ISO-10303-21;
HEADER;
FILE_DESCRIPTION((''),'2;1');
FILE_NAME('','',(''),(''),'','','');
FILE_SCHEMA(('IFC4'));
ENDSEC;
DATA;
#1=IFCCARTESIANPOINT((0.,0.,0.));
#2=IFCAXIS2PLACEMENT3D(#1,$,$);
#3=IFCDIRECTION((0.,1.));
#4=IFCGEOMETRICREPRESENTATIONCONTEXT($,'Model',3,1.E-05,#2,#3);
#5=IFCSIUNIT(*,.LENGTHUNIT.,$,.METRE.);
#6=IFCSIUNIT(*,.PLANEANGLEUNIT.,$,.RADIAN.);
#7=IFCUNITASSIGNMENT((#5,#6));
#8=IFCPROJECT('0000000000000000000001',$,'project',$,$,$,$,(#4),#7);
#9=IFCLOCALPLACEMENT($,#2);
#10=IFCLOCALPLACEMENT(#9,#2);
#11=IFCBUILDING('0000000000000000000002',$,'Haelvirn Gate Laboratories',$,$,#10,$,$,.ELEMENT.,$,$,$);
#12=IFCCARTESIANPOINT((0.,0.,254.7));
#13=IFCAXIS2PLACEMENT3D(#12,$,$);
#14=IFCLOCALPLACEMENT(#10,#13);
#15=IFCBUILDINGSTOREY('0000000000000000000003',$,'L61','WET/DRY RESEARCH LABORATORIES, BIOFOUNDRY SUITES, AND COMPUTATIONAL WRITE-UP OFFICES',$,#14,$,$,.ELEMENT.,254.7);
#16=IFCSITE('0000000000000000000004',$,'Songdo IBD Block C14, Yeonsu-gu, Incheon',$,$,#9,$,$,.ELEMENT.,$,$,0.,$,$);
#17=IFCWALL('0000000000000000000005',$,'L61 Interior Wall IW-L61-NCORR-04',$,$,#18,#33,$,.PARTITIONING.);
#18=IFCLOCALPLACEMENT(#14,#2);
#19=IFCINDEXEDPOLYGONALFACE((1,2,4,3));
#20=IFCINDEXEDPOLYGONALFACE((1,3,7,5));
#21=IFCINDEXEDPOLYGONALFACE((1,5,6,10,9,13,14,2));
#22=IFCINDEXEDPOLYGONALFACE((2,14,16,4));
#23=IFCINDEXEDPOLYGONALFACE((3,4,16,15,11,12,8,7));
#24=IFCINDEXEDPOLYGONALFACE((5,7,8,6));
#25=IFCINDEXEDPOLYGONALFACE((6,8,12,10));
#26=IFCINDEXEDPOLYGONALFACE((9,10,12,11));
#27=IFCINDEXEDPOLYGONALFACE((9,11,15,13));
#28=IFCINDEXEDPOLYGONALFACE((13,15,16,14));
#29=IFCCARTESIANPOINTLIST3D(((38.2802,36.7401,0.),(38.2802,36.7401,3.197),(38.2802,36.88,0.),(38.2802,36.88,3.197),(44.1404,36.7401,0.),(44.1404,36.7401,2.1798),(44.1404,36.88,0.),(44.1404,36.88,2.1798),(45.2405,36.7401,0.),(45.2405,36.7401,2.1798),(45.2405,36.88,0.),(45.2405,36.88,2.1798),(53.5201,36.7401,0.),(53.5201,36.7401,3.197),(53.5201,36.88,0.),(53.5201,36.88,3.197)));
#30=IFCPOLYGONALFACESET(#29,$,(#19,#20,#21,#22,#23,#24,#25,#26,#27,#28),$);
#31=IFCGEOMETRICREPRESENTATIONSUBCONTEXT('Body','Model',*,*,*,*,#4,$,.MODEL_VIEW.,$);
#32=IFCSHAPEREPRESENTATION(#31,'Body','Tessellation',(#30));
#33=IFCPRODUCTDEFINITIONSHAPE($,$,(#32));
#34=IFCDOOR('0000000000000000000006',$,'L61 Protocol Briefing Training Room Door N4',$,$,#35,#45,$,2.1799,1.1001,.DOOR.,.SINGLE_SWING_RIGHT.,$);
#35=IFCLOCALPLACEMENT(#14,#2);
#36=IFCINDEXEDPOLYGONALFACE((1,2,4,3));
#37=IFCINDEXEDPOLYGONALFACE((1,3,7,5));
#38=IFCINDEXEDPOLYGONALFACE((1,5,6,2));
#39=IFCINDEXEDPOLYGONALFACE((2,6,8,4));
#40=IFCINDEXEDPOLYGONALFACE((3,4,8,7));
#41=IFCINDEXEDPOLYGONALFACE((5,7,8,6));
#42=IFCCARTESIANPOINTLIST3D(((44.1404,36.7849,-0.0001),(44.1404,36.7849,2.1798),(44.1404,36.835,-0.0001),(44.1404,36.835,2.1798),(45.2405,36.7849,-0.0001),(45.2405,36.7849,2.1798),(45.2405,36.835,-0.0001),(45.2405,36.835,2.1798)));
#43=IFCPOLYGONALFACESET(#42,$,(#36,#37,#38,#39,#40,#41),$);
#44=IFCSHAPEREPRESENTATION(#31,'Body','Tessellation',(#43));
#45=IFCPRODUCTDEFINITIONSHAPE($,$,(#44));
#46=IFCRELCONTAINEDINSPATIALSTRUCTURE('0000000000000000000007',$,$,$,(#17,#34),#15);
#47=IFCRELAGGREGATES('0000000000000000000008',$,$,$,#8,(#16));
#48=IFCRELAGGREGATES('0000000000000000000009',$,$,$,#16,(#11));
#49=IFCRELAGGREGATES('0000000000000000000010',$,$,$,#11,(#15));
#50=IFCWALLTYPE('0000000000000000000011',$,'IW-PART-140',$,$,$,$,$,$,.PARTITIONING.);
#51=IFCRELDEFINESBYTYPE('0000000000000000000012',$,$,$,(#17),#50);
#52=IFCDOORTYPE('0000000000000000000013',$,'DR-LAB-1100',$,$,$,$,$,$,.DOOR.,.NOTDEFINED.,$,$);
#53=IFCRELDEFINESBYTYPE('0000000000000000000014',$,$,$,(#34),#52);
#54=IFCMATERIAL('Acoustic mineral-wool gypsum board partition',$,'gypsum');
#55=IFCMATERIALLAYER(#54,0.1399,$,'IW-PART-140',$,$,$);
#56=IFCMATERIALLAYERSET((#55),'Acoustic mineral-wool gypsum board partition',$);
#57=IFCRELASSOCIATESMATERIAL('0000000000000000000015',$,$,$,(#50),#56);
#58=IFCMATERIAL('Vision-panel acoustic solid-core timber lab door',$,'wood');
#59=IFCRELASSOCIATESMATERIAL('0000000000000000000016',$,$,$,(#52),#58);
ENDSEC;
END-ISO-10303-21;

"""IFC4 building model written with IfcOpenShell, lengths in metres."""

from ifc_helpers import new_model, si_unit, direction, frame, frame_2d, origin, place, context, subcontext, project, spatial, rectangle, extrude, source, transform, mapped, material, layer, layer_set, type_object, type_shapes, element, fill, save


model = new_model("IFC4")

# Units and contexts
model_context = context("Model", 3, precision=1e-05, world=origin(), true_north=direction((0.0, 1.0)))
body_context = subcontext(model_context, "Body", "Model", "MODEL_VIEW")
ifc_project = project(units=[si_unit("LENGTHUNIT", "METRE"), si_unit("PLANEANGLEUNIT", "RADIAN")], contexts=[model_context])

# Site, building, storey
site_placement = place(None, origin())
site = spatial("IfcSite", under=ifc_project, at=site_placement, Name="Songdo IBD Block C14, Yeonsu-gu, Incheon", CompositionType="ELEMENT", RefElevation=0.0)
building_placement = place(site_placement, origin())
building = spatial("IfcBuilding", under=site, at=building_placement, Name="Haelvirn Gate Laboratories", CompositionType="ELEMENT")
storey_placement = place(building_placement, frame((0.0, 0.0, 254.7)))
storey = spatial("IfcBuildingStorey", under=building, at=storey_placement, Name="L61", Description="WET/DRY RESEARCH LABORATORIES, BIOFOUNDRY SUITES, AND COMPUTATIONAL WRITE-UP OFFICES", CompositionType="ELEMENT", Elevation=254.7)

# Wall, opening, door
ifc_material_1 = material(Name="Acoustic mineral-wool gypsum board partition", Category="gypsum")
ifc_layer_1 = layer(ifc_material_1, 0.1399, Name="IW-PART-140")
ifc_layer_set_1 = layer_set([ifc_layer_1], Name="Acoustic mineral-wool gypsum board partition")
wall_type_1 = type_object("IfcWallType", Name="IW-PART-140", PredefinedType="PARTITIONING", material=ifc_layer_set_1)
wall_1_placement = place(storey_placement, frame((38.28, 36.8101, 0.0), z_axis=(0.0, 0.0, 1.0), x_axis=(1.0, 0.0, 0.0)))
wall_1 = element("IfcWall", 1, at=wall_1_placement, inside=storey, type_object=wall_type_1, Name="L61 Interior Wall IW-L61-NCORR-04", PredefinedType="PARTITIONING", context=body_context, shape_type="SweptSolid", body=[
    extrude(rectangle(XDim=15.24, YDim=0.1399, at=frame_2d((7.6201, 0.0))), origin(), (0.0, 0.0, 1.0), 3.197),
])
opening_placement = place(wall_1_placement, frame((5.8604, 0.0, 0.0)))
opening = element("IfcOpeningElement", 2, at=opening_placement, cuts=wall_1, PredefinedType="OPENING", context=body_context, shape_type="SweptSolid", body=[
    extrude(rectangle(XDim=1.1001, YDim=2.1799, at=frame_2d((0.55, 1.0898))), frame((0.0, 0.0801, 0.0), z_axis=(0.0, -1.0, 0.0), x_axis=(1.0, 0.0, 0.0)), (0.0, 0.0, 1.0), 0.1599),
])
ifc_material_2 = material(Name="Vision-panel acoustic solid-core timber lab door", Category="wood")
door_type = type_object("IfcDoorType", Name="DR-LAB-1100", OperationType="NOTDEFINED", PredefinedType="DOOR", material=ifc_material_2)
shared_shape_1 = source(origin(), body_context, "Body", "SweptSolid", [
    extrude(rectangle(XDim=1.1001, YDim=2.1799, at=frame_2d((0.55, 1.0898))), frame((0.0, 0.0249, 0.0), z_axis=(0.0, -1.0, 0.0), x_axis=(1.0, 0.0, 0.0)), (0.0, 0.0, 1.0), 0.05),
])
type_shapes(door_type, [shared_shape_1])
door_placement = place(opening_placement, origin())
door = element("IfcDoor", 3, at=door_placement, inside=storey, type_object=door_type, Name="L61 Protocol Briefing Training Room Door N4", OperationType="SINGLE_SWING_RIGHT", OverallHeight=2.1799, OverallWidth=1.1001, PredefinedType="DOOR", context=body_context, shape_type="MappedRepresentation", body=[
    mapped(shared_shape_1, transform((0.0, 0.0, 0.0), scale=1.0)),
])
fill(opening, door)

save(model, "model.ifc")
